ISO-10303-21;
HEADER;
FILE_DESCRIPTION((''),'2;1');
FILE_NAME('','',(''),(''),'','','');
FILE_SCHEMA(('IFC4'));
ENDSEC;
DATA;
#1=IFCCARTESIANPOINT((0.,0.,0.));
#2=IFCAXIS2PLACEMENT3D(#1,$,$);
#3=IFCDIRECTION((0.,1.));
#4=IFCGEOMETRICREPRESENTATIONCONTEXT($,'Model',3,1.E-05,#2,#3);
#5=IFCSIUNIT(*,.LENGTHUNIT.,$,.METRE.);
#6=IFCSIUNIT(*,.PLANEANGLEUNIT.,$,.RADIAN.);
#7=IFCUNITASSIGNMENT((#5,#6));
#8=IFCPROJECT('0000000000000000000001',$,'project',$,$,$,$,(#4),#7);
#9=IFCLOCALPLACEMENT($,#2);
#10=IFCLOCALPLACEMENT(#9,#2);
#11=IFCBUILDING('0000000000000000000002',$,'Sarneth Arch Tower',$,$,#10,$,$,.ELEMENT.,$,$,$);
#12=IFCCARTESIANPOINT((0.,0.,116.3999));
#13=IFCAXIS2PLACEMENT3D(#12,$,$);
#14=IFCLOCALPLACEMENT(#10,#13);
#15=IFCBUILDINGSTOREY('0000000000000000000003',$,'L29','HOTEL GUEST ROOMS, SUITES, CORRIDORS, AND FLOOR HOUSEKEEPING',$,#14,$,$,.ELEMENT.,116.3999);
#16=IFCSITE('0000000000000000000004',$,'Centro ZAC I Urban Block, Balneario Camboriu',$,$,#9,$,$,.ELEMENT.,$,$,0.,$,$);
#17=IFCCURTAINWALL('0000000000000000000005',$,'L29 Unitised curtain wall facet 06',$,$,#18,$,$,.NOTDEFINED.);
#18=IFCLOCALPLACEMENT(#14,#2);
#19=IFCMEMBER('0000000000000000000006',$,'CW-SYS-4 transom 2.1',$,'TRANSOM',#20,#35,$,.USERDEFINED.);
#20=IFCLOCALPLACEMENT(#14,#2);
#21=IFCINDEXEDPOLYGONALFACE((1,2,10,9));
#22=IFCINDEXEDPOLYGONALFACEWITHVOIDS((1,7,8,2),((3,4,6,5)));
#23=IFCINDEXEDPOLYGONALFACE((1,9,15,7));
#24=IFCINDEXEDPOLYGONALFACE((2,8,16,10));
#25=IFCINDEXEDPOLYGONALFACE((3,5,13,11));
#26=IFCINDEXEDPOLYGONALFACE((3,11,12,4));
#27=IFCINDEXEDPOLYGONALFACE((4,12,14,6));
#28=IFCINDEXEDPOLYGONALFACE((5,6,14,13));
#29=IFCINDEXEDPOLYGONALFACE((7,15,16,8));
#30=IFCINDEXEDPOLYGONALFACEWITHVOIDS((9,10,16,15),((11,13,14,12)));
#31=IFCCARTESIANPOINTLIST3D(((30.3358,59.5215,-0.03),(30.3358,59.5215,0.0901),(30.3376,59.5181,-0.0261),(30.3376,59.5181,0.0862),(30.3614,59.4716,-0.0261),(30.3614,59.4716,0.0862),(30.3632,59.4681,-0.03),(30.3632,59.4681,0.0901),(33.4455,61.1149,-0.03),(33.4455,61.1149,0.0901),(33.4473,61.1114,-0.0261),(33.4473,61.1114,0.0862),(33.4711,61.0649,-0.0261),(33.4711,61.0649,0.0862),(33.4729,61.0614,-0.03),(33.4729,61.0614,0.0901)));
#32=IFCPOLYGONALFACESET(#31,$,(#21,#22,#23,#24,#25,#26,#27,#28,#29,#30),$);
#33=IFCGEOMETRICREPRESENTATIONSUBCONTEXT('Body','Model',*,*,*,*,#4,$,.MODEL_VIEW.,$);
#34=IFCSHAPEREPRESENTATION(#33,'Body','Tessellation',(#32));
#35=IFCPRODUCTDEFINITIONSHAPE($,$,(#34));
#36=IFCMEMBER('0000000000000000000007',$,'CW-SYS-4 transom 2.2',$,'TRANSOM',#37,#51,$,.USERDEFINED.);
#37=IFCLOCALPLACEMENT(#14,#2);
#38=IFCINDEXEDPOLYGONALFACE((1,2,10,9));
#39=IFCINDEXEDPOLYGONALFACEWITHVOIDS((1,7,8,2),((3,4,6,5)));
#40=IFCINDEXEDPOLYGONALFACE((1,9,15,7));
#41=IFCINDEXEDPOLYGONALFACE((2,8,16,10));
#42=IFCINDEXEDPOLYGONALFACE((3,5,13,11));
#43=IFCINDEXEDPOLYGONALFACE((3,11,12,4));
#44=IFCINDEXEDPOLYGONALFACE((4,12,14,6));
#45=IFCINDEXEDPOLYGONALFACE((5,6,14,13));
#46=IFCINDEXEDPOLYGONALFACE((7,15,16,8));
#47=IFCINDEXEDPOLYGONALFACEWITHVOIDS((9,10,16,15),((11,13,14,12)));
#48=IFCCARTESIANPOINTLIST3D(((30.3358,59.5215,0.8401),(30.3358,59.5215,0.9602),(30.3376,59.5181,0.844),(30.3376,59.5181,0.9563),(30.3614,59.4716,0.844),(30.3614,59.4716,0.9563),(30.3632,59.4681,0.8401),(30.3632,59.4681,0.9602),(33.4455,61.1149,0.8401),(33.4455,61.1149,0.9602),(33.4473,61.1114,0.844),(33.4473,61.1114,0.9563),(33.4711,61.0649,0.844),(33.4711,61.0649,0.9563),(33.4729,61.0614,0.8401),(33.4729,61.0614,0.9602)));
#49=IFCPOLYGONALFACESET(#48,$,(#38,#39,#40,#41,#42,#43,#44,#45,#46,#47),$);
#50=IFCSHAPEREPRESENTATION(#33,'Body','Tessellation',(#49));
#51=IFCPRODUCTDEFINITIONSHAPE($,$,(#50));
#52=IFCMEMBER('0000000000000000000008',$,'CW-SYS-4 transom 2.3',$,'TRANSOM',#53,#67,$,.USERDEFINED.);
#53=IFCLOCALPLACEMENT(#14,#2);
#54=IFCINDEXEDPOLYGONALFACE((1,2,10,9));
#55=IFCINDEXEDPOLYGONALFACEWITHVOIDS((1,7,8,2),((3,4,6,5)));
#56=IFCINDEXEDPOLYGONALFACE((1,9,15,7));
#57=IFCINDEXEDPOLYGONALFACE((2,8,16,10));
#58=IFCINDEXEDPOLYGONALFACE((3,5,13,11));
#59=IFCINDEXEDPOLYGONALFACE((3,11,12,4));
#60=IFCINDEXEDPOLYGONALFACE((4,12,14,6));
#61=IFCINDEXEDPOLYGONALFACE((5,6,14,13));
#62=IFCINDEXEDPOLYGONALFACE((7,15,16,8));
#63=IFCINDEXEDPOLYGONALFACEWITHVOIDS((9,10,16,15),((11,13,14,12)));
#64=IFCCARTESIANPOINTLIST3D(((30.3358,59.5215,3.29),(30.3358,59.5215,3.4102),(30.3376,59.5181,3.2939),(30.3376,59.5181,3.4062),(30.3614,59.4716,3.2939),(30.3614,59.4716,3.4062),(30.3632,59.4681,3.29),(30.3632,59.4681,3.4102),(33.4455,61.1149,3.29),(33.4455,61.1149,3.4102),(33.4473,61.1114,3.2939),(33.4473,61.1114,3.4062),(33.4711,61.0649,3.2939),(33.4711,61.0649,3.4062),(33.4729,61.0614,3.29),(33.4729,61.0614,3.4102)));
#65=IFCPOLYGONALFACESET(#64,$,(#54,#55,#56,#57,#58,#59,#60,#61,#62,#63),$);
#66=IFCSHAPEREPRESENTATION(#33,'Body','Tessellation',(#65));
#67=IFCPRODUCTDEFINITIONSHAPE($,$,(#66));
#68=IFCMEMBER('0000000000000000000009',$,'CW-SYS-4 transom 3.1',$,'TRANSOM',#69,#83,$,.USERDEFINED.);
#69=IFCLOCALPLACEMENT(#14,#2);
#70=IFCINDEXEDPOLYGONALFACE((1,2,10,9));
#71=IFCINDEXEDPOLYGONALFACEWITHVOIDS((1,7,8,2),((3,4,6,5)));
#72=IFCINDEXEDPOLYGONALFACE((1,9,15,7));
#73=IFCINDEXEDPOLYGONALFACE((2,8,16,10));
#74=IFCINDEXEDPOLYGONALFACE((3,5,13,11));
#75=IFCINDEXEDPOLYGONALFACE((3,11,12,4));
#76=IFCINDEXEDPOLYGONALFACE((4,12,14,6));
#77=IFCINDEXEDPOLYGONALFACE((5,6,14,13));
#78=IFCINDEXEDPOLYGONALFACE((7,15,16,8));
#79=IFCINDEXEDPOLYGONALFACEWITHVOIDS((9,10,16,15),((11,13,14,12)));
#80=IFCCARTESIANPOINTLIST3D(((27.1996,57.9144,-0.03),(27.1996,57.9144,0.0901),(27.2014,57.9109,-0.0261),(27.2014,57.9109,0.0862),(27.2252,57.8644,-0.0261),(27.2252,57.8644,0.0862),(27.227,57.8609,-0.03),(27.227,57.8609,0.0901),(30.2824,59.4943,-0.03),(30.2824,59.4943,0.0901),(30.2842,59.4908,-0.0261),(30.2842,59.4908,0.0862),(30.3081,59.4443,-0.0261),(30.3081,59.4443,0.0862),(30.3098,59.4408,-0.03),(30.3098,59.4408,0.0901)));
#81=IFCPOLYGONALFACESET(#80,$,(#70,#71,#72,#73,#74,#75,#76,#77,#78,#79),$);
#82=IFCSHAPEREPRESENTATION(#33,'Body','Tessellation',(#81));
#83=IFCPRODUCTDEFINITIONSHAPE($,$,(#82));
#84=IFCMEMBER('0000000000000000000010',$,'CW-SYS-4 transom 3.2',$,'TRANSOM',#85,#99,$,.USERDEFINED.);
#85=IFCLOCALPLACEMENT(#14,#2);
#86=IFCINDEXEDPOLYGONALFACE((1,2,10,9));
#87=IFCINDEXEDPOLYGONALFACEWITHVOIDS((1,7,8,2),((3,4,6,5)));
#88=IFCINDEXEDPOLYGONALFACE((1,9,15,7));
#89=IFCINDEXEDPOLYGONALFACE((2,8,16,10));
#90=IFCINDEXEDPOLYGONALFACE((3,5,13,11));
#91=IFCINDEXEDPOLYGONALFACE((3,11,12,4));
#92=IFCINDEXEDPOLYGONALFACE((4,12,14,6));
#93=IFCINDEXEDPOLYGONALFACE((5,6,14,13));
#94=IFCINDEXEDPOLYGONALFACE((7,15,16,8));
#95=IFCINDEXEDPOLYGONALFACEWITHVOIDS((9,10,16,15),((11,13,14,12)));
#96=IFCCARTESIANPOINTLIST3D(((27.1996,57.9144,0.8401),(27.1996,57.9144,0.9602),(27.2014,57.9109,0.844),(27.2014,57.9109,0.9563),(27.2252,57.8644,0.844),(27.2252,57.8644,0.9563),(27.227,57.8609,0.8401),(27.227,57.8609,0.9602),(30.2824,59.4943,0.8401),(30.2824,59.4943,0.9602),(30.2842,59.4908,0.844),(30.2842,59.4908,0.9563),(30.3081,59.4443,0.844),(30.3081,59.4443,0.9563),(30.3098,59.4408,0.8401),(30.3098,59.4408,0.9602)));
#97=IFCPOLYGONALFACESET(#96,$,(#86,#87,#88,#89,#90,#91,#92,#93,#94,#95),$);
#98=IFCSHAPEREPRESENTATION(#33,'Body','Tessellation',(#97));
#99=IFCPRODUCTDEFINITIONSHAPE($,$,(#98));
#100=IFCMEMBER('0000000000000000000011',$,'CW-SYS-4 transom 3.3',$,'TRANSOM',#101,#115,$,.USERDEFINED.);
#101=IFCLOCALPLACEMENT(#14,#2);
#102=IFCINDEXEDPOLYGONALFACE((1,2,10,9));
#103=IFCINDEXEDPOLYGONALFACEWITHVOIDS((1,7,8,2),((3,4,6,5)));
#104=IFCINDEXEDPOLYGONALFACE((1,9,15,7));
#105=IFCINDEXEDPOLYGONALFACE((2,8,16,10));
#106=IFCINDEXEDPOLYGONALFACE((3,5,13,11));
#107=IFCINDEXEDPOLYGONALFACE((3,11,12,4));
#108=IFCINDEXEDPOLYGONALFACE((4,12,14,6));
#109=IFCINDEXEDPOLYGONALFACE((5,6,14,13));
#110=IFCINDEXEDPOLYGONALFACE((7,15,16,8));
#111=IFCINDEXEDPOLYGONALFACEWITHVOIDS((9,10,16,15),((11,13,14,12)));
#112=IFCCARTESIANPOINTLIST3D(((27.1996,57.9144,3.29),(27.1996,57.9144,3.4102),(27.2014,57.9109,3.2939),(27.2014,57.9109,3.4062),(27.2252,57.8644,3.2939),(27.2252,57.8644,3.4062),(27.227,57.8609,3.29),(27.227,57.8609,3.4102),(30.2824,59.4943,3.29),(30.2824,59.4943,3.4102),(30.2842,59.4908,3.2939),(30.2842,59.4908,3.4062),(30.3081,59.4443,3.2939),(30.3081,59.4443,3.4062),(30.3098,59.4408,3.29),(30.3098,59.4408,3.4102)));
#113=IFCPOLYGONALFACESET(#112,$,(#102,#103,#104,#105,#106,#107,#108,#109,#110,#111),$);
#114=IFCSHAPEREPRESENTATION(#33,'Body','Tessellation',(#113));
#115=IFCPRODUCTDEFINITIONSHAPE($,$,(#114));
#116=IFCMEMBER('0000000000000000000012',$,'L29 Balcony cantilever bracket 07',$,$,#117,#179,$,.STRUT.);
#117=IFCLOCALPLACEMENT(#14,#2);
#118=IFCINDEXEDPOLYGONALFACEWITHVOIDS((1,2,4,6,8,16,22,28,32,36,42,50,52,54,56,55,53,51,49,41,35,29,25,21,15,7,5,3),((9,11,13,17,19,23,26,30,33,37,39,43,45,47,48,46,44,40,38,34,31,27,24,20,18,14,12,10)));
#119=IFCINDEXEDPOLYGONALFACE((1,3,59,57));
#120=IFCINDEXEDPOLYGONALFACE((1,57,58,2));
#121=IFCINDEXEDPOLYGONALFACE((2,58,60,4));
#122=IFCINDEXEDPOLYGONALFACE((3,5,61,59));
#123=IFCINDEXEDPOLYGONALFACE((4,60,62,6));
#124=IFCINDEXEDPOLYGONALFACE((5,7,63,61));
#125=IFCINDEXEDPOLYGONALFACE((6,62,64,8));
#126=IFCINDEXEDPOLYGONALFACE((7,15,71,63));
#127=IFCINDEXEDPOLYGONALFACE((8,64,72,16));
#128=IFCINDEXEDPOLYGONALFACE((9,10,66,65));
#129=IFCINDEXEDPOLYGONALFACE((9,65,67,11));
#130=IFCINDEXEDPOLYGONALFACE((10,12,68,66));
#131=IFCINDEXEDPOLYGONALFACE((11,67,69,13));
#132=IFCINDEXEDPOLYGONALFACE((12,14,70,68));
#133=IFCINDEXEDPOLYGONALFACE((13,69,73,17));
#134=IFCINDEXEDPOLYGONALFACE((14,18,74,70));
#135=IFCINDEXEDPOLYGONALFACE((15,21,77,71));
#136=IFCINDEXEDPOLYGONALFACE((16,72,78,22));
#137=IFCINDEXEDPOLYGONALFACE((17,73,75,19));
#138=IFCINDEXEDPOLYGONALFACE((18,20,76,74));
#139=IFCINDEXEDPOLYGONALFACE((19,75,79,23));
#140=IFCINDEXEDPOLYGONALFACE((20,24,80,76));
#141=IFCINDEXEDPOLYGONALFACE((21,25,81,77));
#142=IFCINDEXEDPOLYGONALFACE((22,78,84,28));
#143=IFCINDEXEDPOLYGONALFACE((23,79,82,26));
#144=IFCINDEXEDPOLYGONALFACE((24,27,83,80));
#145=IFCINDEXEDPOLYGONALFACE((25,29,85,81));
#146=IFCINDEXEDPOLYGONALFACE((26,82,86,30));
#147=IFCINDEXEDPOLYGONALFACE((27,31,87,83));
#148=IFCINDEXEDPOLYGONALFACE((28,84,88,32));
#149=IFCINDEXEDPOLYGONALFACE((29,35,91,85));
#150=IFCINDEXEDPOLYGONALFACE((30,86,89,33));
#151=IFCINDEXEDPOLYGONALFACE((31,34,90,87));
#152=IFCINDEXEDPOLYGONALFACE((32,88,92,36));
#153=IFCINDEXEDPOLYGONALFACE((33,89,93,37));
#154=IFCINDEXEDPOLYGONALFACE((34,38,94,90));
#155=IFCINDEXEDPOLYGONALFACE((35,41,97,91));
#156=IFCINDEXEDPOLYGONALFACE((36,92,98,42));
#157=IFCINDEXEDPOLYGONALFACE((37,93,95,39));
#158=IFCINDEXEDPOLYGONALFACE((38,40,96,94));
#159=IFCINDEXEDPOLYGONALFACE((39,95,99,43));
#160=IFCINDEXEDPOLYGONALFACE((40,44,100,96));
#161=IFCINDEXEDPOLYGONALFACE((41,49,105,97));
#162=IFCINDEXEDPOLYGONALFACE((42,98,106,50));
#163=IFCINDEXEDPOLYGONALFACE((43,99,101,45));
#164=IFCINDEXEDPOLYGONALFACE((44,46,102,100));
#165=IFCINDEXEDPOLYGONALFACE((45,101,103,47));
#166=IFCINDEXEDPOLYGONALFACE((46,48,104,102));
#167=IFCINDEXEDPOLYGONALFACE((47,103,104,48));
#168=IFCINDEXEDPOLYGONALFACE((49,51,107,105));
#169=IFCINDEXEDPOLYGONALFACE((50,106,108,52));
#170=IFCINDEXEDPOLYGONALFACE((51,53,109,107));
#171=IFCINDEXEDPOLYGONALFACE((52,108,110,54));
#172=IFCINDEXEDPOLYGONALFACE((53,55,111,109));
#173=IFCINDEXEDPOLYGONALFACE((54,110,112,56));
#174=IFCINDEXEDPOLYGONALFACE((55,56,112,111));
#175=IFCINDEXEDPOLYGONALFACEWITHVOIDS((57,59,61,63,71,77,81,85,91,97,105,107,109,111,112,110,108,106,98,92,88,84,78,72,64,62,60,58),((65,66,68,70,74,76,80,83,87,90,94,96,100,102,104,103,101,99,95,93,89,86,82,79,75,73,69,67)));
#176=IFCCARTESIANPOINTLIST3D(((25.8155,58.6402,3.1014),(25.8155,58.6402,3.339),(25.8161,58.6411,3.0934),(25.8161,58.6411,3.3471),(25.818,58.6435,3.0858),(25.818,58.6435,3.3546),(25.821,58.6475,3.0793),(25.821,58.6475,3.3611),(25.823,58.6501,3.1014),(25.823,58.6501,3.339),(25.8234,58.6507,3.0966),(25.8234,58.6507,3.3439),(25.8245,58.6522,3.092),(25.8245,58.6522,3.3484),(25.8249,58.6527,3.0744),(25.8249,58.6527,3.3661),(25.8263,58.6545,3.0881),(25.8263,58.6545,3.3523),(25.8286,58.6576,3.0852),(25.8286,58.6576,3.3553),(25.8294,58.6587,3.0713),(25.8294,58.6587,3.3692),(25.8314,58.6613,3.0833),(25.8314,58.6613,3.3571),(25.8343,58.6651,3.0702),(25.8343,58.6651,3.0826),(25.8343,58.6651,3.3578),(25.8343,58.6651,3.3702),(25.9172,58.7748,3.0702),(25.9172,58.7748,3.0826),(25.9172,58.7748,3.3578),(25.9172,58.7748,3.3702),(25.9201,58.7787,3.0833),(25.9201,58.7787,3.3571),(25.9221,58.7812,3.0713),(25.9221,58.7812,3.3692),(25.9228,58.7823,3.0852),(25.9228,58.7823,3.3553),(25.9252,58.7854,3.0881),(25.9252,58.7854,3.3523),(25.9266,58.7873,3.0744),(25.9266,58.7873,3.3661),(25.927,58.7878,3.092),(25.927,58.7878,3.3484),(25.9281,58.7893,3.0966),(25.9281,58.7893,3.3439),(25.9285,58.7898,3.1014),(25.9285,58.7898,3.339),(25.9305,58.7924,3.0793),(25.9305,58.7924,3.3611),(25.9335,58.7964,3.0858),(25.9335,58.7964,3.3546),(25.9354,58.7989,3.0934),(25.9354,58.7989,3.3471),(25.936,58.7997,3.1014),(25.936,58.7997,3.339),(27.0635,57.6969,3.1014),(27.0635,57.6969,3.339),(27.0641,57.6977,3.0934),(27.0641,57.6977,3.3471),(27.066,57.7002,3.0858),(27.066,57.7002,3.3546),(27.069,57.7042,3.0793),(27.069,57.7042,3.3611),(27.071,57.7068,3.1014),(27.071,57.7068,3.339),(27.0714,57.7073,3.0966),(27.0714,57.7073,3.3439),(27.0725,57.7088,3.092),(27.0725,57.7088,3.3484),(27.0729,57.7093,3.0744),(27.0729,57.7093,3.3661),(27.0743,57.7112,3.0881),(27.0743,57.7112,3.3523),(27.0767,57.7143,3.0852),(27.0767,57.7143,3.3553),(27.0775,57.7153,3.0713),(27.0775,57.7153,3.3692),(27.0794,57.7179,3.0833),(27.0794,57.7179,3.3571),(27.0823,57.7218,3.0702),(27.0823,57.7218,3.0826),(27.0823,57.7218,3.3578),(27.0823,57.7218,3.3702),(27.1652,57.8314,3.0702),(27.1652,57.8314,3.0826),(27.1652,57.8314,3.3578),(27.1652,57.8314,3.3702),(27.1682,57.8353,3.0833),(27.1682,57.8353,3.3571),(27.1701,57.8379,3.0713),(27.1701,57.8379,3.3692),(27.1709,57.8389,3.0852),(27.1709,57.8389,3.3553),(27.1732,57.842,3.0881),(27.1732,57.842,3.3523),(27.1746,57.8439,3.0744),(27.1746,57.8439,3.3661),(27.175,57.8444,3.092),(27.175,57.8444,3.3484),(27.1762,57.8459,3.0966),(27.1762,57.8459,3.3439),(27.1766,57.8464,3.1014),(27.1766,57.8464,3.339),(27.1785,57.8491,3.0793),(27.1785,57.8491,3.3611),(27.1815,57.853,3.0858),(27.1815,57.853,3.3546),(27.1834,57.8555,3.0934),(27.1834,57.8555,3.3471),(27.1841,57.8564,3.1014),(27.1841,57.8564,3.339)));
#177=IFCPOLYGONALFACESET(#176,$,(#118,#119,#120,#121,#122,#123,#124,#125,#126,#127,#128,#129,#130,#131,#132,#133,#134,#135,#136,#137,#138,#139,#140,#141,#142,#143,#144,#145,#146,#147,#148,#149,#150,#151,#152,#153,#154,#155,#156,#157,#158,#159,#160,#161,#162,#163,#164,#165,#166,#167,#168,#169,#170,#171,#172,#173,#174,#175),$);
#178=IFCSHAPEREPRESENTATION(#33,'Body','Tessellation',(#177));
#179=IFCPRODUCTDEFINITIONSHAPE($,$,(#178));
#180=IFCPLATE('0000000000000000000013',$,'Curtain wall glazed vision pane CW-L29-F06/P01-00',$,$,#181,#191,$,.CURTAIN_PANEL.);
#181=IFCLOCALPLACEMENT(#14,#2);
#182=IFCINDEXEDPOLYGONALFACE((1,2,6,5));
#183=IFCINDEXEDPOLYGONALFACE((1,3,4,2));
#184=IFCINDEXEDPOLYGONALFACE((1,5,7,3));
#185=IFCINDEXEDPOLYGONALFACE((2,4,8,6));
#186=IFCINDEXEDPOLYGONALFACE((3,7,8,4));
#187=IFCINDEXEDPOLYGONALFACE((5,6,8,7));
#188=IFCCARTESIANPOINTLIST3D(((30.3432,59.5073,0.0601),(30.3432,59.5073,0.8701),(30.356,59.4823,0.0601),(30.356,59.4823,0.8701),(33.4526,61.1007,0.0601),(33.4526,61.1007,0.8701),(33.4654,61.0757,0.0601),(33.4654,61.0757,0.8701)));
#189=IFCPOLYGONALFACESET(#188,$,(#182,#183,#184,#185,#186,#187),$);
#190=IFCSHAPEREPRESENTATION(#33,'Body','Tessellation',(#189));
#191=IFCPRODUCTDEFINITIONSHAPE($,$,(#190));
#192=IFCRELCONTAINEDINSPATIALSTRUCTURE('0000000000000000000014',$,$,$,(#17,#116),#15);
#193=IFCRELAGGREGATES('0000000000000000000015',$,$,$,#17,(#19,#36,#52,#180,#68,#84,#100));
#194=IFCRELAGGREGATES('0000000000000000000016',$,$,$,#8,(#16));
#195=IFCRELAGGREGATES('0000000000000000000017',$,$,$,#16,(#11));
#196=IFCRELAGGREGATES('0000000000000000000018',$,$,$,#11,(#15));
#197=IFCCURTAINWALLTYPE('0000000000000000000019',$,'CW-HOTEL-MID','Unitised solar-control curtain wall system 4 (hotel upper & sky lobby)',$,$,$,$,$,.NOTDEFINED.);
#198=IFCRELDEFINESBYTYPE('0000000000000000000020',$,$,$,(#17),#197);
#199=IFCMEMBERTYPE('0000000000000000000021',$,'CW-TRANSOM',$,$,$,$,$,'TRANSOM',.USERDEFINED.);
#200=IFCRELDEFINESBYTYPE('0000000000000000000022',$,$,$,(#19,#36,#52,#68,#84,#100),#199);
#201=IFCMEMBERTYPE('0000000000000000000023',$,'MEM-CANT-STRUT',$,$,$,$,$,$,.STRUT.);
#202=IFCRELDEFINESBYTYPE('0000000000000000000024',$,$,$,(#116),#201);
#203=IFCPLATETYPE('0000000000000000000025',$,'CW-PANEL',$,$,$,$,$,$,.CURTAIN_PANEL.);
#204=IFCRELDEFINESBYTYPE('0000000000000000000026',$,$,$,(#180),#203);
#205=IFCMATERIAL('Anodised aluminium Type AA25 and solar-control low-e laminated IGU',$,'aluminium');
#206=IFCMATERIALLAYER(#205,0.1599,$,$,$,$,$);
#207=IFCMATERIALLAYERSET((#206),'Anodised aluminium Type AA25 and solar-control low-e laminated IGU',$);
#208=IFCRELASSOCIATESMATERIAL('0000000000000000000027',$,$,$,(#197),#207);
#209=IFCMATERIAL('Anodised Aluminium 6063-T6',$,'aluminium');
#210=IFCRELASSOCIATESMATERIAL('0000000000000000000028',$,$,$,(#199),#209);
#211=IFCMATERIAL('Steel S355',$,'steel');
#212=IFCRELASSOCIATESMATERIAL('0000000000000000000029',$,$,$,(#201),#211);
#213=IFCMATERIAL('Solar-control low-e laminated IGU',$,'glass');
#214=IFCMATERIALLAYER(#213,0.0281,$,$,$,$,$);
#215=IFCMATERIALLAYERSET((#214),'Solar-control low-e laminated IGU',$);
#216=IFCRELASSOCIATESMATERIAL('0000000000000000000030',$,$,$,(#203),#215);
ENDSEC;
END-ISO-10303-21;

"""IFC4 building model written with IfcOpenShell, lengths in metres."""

from ifc_helpers import new_model, si_unit, direction, frame, origin, origin_2d, place, context, subcontext, project, spatial, rectangle, hollow_rectangle, extrude, material, layer, layer_set, material_profile, profile_set, type_object, element, aggregate, save


model = new_model("IFC4")

# Units and contexts
model_context = context("Model", 3, precision=1e-05, world=origin(), true_north=direction((0.0, 1.0)))
body_context = subcontext(model_context, "Body", "Model", "MODEL_VIEW")
ifc_project = project(units=[si_unit("LENGTHUNIT", "METRE"), si_unit("PLANEANGLEUNIT", "RADIAN")], contexts=[model_context])

# Site, building, storey
site_placement = place(None, origin())
site = spatial("IfcSite", under=ifc_project, at=site_placement, Name="Centro ZAC I Urban Block, Balneario Camboriu", CompositionType="ELEMENT", RefElevation=0.0)
building_placement = place(site_placement, origin())
building = spatial("IfcBuilding", under=site, at=building_placement, Name="Sarneth Arch Tower", CompositionType="ELEMENT")
storey_placement = place(building_placement, frame((0.0, 0.0, 116.3999)))
storey = spatial("IfcBuildingStorey", under=building, at=storey_placement, Name="L29", Description="HOTEL GUEST ROOMS, SUITES, CORRIDORS, AND FLOOR HOUSEKEEPING", CompositionType="ELEMENT", Elevation=116.3999)

# Curtain wall, members
ifc_material_1 = material(Name="Anodised aluminium Type AA25 and solar-control low-e laminated IGU", Category="aluminium")
ifc_layer_1 = layer(ifc_material_1, 0.1599)
ifc_layer_set_1 = layer_set([ifc_layer_1], Name="Anodised aluminium Type AA25 and solar-control low-e laminated IGU")
curtain_wall_type = type_object("IfcCurtainWallType", Name="CW-HOTEL-MID", Description="Unitised solar-control curtain wall system 4 (hotel upper & sky lobby)", PredefinedType="NOTDEFINED", material=ifc_layer_set_1)
curtain_wall_placement = place(storey_placement, origin())
curtain_wall = element("IfcCurtainWall", 1, at=curtain_wall_placement, inside=storey, type_object=curtain_wall_type, Name="L29 Unitised curtain wall facet 06", PredefinedType="NOTDEFINED")
ifc_material_2 = material(Name="Anodised Aluminium 6063-T6", Category="aluminium")
ifc_material_profile_1 = material_profile(ifc_material_2, hollow_rectangle(XDim=0.0601, YDim=0.1201, WallThickness=0.0039, at=origin_2d()), Name="AL-TRAN-120x60x4")
ifc_profile_set_1 = profile_set([ifc_material_profile_1], Name="Anodised Aluminium 6063-T6")
member_type_1 = type_object("IfcMemberType", Name="CW-TRANSOM", ElementType="TRANSOM", PredefinedType="USERDEFINED", material=ifc_profile_set_1)
member_1_placement = place(storey_placement, frame((33.4592, 61.0881, 0.03), z_axis=(-0.889982, -0.455996, 0.0), x_axis=(0.455996, -0.889982, 0.0)))
member_1 = element("IfcMember", 2, at=member_1_placement, type_object=member_type_1, Name="CW-SYS-4 transom 2.1", ObjectType="TRANSOM", PredefinedType="USERDEFINED", context=body_context, shape_type="SweptSolid", body=[
    extrude(hollow_rectangle(XDim=0.0601, YDim=0.1201, WallThickness=0.0039, at=origin_2d()), origin(), (0.0, 0.0, 1.0), 3.4941),
])
member_2_placement = place(storey_placement, frame((33.4592, 61.0881, 0.9001), z_axis=(-0.889982, -0.455996, 0.0), x_axis=(0.455996, -0.889982, 0.0)))
member_2 = element("IfcMember", 3, at=member_2_placement, type_object=member_type_1, Name="CW-SYS-4 transom 2.2", ObjectType="TRANSOM", PredefinedType="USERDEFINED", context=body_context, shape_type="SweptSolid", body=[
    extrude(hollow_rectangle(XDim=0.0601, YDim=0.1201, WallThickness=0.0039, at=origin_2d()), origin(), (0.0, 0.0, 1.0), 3.4941),
])
member_3_placement = place(storey_placement, frame((33.4592, 61.0881, 3.3501), z_axis=(-0.889982, -0.455996, 0.0), x_axis=(0.455996, -0.889982, 0.0)))
member_3 = element("IfcMember", 4, at=member_3_placement, type_object=member_type_1, Name="CW-SYS-4 transom 2.3", ObjectType="TRANSOM", PredefinedType="USERDEFINED", context=body_context, shape_type="SweptSolid", body=[
    extrude(hollow_rectangle(XDim=0.0601, YDim=0.1201, WallThickness=0.0039, at=origin_2d()), origin(), (0.0, 0.0, 1.0), 3.4941),
])
member_4_placement = place(storey_placement, frame((30.2961, 59.4675, 0.03), z_axis=(-0.889943, -0.456072, 0.0), x_axis=(0.456072, -0.889943, 0.0)))
member_4 = element("IfcMember", 5, at=member_4_placement, type_object=member_type_1, Name="CW-SYS-4 transom 3.1", ObjectType="TRANSOM", PredefinedType="USERDEFINED", context=body_context, shape_type="SweptSolid", body=[
    extrude(hollow_rectangle(XDim=0.0601, YDim=0.1201, WallThickness=0.0039, at=origin_2d()), origin(), (0.0, 0.0, 1.0), 3.4641),
])
member_5_placement = place(storey_placement, frame((30.2961, 59.4675, 0.9001), z_axis=(-0.889943, -0.456072, 0.0), x_axis=(0.456072, -0.889943, 0.0)))
member_5 = element("IfcMember", 6, at=member_5_placement, type_object=member_type_1, Name="CW-SYS-4 transom 3.2", ObjectType="TRANSOM", PredefinedType="USERDEFINED", context=body_context, shape_type="SweptSolid", body=[
    extrude(hollow_rectangle(XDim=0.0601, YDim=0.1201, WallThickness=0.0039, at=origin_2d()), origin(), (0.0, 0.0, 1.0), 3.4641),
])
member_6_placement = place(storey_placement, frame((30.2961, 59.4675, 3.3501), z_axis=(-0.889943, -0.456072, 0.0), x_axis=(0.456072, -0.889943, 0.0)))
member_6 = element("IfcMember", 7, at=member_6_placement, type_object=member_type_1, Name="CW-SYS-4 transom 3.3", ObjectType="TRANSOM", PredefinedType="USERDEFINED", context=body_context, shape_type="SweptSolid", body=[
    extrude(hollow_rectangle(XDim=0.0601, YDim=0.1201, WallThickness=0.0039, at=origin_2d()), origin(), (0.0, 0.0, 1.0), 3.4641),
])

# Member
ifc_material_3 = material(Name="Steel S355", Category="steel")
ifc_material_profile_2 = material_profile(ifc_material_3, hollow_rectangle(XDim=0.2, YDim=0.3, WallThickness=0.0125, InnerFilletRadius=0.0188, OuterFilletRadius=0.0312, at=origin_2d()), Name="RHS300x200x12.5")
ifc_profile_set_2 = profile_set([ifc_material_profile_2], Name="Steel S355")
member_type_2 = type_object("IfcMemberType", Name="MEM-CANT-STRUT", PredefinedType="STRUT", material=ifc_profile_set_2)
member_7_placement = place(storey_placement, frame((27.1238, 57.7766, 3.2202), z_axis=(-0.797747, 0.602992, 0.0), x_axis=(-0.602992, -0.797747, 0.0)))
element("IfcMember", 8, at=member_7_placement, inside=storey, type_object=member_type_2, Name="L29 Balcony cantilever bracket 07", PredefinedType="STRUT", context=body_context, shape_type="SweptSolid", body=[
    extrude(hollow_rectangle(XDim=0.2, YDim=0.3, WallThickness=0.0125, InnerFilletRadius=0.0188, OuterFilletRadius=0.0312, at=origin_2d()), origin(), (0.0, 0.0, 1.0), 1.5645),
])

# Plate
ifc_material_4 = material(Name="Solar-control low-e laminated IGU", Category="glass")
ifc_layer_2 = layer(ifc_material_4, 0.0281)
ifc_layer_set_2 = layer_set([ifc_layer_2], Name="Solar-control low-e laminated IGU")
plate_type_1 = type_object("IfcPlateType", Name="CW-PANEL", PredefinedType="CURTAIN_PANEL", material=ifc_layer_set_2)
plate_1_placement = place(storey_placement, frame((31.9043, 60.2915, 0.0601), z_axis=(0.0, 0.0, 1.0), x_axis=(-0.889964, -0.456031, 0.0)))
plate_1 = element("IfcPlate", 9, at=plate_1_placement, type_object=plate_type_1, Name="Curtain wall glazed vision pane CW-L29-F06/P01-00", PredefinedType="CURTAIN_PANEL", context=body_context, shape_type="SweptSolid", body=[
    extrude(rectangle(XDim=3.4939, YDim=0.0281, at=origin_2d()), origin(), (0.0, 0.0, 1.0), 0.8101),
])
aggregate(curtain_wall, [member_1, member_2, member_3, plate_1, member_4, member_5, member_6])

save(model, "model.ifc")
